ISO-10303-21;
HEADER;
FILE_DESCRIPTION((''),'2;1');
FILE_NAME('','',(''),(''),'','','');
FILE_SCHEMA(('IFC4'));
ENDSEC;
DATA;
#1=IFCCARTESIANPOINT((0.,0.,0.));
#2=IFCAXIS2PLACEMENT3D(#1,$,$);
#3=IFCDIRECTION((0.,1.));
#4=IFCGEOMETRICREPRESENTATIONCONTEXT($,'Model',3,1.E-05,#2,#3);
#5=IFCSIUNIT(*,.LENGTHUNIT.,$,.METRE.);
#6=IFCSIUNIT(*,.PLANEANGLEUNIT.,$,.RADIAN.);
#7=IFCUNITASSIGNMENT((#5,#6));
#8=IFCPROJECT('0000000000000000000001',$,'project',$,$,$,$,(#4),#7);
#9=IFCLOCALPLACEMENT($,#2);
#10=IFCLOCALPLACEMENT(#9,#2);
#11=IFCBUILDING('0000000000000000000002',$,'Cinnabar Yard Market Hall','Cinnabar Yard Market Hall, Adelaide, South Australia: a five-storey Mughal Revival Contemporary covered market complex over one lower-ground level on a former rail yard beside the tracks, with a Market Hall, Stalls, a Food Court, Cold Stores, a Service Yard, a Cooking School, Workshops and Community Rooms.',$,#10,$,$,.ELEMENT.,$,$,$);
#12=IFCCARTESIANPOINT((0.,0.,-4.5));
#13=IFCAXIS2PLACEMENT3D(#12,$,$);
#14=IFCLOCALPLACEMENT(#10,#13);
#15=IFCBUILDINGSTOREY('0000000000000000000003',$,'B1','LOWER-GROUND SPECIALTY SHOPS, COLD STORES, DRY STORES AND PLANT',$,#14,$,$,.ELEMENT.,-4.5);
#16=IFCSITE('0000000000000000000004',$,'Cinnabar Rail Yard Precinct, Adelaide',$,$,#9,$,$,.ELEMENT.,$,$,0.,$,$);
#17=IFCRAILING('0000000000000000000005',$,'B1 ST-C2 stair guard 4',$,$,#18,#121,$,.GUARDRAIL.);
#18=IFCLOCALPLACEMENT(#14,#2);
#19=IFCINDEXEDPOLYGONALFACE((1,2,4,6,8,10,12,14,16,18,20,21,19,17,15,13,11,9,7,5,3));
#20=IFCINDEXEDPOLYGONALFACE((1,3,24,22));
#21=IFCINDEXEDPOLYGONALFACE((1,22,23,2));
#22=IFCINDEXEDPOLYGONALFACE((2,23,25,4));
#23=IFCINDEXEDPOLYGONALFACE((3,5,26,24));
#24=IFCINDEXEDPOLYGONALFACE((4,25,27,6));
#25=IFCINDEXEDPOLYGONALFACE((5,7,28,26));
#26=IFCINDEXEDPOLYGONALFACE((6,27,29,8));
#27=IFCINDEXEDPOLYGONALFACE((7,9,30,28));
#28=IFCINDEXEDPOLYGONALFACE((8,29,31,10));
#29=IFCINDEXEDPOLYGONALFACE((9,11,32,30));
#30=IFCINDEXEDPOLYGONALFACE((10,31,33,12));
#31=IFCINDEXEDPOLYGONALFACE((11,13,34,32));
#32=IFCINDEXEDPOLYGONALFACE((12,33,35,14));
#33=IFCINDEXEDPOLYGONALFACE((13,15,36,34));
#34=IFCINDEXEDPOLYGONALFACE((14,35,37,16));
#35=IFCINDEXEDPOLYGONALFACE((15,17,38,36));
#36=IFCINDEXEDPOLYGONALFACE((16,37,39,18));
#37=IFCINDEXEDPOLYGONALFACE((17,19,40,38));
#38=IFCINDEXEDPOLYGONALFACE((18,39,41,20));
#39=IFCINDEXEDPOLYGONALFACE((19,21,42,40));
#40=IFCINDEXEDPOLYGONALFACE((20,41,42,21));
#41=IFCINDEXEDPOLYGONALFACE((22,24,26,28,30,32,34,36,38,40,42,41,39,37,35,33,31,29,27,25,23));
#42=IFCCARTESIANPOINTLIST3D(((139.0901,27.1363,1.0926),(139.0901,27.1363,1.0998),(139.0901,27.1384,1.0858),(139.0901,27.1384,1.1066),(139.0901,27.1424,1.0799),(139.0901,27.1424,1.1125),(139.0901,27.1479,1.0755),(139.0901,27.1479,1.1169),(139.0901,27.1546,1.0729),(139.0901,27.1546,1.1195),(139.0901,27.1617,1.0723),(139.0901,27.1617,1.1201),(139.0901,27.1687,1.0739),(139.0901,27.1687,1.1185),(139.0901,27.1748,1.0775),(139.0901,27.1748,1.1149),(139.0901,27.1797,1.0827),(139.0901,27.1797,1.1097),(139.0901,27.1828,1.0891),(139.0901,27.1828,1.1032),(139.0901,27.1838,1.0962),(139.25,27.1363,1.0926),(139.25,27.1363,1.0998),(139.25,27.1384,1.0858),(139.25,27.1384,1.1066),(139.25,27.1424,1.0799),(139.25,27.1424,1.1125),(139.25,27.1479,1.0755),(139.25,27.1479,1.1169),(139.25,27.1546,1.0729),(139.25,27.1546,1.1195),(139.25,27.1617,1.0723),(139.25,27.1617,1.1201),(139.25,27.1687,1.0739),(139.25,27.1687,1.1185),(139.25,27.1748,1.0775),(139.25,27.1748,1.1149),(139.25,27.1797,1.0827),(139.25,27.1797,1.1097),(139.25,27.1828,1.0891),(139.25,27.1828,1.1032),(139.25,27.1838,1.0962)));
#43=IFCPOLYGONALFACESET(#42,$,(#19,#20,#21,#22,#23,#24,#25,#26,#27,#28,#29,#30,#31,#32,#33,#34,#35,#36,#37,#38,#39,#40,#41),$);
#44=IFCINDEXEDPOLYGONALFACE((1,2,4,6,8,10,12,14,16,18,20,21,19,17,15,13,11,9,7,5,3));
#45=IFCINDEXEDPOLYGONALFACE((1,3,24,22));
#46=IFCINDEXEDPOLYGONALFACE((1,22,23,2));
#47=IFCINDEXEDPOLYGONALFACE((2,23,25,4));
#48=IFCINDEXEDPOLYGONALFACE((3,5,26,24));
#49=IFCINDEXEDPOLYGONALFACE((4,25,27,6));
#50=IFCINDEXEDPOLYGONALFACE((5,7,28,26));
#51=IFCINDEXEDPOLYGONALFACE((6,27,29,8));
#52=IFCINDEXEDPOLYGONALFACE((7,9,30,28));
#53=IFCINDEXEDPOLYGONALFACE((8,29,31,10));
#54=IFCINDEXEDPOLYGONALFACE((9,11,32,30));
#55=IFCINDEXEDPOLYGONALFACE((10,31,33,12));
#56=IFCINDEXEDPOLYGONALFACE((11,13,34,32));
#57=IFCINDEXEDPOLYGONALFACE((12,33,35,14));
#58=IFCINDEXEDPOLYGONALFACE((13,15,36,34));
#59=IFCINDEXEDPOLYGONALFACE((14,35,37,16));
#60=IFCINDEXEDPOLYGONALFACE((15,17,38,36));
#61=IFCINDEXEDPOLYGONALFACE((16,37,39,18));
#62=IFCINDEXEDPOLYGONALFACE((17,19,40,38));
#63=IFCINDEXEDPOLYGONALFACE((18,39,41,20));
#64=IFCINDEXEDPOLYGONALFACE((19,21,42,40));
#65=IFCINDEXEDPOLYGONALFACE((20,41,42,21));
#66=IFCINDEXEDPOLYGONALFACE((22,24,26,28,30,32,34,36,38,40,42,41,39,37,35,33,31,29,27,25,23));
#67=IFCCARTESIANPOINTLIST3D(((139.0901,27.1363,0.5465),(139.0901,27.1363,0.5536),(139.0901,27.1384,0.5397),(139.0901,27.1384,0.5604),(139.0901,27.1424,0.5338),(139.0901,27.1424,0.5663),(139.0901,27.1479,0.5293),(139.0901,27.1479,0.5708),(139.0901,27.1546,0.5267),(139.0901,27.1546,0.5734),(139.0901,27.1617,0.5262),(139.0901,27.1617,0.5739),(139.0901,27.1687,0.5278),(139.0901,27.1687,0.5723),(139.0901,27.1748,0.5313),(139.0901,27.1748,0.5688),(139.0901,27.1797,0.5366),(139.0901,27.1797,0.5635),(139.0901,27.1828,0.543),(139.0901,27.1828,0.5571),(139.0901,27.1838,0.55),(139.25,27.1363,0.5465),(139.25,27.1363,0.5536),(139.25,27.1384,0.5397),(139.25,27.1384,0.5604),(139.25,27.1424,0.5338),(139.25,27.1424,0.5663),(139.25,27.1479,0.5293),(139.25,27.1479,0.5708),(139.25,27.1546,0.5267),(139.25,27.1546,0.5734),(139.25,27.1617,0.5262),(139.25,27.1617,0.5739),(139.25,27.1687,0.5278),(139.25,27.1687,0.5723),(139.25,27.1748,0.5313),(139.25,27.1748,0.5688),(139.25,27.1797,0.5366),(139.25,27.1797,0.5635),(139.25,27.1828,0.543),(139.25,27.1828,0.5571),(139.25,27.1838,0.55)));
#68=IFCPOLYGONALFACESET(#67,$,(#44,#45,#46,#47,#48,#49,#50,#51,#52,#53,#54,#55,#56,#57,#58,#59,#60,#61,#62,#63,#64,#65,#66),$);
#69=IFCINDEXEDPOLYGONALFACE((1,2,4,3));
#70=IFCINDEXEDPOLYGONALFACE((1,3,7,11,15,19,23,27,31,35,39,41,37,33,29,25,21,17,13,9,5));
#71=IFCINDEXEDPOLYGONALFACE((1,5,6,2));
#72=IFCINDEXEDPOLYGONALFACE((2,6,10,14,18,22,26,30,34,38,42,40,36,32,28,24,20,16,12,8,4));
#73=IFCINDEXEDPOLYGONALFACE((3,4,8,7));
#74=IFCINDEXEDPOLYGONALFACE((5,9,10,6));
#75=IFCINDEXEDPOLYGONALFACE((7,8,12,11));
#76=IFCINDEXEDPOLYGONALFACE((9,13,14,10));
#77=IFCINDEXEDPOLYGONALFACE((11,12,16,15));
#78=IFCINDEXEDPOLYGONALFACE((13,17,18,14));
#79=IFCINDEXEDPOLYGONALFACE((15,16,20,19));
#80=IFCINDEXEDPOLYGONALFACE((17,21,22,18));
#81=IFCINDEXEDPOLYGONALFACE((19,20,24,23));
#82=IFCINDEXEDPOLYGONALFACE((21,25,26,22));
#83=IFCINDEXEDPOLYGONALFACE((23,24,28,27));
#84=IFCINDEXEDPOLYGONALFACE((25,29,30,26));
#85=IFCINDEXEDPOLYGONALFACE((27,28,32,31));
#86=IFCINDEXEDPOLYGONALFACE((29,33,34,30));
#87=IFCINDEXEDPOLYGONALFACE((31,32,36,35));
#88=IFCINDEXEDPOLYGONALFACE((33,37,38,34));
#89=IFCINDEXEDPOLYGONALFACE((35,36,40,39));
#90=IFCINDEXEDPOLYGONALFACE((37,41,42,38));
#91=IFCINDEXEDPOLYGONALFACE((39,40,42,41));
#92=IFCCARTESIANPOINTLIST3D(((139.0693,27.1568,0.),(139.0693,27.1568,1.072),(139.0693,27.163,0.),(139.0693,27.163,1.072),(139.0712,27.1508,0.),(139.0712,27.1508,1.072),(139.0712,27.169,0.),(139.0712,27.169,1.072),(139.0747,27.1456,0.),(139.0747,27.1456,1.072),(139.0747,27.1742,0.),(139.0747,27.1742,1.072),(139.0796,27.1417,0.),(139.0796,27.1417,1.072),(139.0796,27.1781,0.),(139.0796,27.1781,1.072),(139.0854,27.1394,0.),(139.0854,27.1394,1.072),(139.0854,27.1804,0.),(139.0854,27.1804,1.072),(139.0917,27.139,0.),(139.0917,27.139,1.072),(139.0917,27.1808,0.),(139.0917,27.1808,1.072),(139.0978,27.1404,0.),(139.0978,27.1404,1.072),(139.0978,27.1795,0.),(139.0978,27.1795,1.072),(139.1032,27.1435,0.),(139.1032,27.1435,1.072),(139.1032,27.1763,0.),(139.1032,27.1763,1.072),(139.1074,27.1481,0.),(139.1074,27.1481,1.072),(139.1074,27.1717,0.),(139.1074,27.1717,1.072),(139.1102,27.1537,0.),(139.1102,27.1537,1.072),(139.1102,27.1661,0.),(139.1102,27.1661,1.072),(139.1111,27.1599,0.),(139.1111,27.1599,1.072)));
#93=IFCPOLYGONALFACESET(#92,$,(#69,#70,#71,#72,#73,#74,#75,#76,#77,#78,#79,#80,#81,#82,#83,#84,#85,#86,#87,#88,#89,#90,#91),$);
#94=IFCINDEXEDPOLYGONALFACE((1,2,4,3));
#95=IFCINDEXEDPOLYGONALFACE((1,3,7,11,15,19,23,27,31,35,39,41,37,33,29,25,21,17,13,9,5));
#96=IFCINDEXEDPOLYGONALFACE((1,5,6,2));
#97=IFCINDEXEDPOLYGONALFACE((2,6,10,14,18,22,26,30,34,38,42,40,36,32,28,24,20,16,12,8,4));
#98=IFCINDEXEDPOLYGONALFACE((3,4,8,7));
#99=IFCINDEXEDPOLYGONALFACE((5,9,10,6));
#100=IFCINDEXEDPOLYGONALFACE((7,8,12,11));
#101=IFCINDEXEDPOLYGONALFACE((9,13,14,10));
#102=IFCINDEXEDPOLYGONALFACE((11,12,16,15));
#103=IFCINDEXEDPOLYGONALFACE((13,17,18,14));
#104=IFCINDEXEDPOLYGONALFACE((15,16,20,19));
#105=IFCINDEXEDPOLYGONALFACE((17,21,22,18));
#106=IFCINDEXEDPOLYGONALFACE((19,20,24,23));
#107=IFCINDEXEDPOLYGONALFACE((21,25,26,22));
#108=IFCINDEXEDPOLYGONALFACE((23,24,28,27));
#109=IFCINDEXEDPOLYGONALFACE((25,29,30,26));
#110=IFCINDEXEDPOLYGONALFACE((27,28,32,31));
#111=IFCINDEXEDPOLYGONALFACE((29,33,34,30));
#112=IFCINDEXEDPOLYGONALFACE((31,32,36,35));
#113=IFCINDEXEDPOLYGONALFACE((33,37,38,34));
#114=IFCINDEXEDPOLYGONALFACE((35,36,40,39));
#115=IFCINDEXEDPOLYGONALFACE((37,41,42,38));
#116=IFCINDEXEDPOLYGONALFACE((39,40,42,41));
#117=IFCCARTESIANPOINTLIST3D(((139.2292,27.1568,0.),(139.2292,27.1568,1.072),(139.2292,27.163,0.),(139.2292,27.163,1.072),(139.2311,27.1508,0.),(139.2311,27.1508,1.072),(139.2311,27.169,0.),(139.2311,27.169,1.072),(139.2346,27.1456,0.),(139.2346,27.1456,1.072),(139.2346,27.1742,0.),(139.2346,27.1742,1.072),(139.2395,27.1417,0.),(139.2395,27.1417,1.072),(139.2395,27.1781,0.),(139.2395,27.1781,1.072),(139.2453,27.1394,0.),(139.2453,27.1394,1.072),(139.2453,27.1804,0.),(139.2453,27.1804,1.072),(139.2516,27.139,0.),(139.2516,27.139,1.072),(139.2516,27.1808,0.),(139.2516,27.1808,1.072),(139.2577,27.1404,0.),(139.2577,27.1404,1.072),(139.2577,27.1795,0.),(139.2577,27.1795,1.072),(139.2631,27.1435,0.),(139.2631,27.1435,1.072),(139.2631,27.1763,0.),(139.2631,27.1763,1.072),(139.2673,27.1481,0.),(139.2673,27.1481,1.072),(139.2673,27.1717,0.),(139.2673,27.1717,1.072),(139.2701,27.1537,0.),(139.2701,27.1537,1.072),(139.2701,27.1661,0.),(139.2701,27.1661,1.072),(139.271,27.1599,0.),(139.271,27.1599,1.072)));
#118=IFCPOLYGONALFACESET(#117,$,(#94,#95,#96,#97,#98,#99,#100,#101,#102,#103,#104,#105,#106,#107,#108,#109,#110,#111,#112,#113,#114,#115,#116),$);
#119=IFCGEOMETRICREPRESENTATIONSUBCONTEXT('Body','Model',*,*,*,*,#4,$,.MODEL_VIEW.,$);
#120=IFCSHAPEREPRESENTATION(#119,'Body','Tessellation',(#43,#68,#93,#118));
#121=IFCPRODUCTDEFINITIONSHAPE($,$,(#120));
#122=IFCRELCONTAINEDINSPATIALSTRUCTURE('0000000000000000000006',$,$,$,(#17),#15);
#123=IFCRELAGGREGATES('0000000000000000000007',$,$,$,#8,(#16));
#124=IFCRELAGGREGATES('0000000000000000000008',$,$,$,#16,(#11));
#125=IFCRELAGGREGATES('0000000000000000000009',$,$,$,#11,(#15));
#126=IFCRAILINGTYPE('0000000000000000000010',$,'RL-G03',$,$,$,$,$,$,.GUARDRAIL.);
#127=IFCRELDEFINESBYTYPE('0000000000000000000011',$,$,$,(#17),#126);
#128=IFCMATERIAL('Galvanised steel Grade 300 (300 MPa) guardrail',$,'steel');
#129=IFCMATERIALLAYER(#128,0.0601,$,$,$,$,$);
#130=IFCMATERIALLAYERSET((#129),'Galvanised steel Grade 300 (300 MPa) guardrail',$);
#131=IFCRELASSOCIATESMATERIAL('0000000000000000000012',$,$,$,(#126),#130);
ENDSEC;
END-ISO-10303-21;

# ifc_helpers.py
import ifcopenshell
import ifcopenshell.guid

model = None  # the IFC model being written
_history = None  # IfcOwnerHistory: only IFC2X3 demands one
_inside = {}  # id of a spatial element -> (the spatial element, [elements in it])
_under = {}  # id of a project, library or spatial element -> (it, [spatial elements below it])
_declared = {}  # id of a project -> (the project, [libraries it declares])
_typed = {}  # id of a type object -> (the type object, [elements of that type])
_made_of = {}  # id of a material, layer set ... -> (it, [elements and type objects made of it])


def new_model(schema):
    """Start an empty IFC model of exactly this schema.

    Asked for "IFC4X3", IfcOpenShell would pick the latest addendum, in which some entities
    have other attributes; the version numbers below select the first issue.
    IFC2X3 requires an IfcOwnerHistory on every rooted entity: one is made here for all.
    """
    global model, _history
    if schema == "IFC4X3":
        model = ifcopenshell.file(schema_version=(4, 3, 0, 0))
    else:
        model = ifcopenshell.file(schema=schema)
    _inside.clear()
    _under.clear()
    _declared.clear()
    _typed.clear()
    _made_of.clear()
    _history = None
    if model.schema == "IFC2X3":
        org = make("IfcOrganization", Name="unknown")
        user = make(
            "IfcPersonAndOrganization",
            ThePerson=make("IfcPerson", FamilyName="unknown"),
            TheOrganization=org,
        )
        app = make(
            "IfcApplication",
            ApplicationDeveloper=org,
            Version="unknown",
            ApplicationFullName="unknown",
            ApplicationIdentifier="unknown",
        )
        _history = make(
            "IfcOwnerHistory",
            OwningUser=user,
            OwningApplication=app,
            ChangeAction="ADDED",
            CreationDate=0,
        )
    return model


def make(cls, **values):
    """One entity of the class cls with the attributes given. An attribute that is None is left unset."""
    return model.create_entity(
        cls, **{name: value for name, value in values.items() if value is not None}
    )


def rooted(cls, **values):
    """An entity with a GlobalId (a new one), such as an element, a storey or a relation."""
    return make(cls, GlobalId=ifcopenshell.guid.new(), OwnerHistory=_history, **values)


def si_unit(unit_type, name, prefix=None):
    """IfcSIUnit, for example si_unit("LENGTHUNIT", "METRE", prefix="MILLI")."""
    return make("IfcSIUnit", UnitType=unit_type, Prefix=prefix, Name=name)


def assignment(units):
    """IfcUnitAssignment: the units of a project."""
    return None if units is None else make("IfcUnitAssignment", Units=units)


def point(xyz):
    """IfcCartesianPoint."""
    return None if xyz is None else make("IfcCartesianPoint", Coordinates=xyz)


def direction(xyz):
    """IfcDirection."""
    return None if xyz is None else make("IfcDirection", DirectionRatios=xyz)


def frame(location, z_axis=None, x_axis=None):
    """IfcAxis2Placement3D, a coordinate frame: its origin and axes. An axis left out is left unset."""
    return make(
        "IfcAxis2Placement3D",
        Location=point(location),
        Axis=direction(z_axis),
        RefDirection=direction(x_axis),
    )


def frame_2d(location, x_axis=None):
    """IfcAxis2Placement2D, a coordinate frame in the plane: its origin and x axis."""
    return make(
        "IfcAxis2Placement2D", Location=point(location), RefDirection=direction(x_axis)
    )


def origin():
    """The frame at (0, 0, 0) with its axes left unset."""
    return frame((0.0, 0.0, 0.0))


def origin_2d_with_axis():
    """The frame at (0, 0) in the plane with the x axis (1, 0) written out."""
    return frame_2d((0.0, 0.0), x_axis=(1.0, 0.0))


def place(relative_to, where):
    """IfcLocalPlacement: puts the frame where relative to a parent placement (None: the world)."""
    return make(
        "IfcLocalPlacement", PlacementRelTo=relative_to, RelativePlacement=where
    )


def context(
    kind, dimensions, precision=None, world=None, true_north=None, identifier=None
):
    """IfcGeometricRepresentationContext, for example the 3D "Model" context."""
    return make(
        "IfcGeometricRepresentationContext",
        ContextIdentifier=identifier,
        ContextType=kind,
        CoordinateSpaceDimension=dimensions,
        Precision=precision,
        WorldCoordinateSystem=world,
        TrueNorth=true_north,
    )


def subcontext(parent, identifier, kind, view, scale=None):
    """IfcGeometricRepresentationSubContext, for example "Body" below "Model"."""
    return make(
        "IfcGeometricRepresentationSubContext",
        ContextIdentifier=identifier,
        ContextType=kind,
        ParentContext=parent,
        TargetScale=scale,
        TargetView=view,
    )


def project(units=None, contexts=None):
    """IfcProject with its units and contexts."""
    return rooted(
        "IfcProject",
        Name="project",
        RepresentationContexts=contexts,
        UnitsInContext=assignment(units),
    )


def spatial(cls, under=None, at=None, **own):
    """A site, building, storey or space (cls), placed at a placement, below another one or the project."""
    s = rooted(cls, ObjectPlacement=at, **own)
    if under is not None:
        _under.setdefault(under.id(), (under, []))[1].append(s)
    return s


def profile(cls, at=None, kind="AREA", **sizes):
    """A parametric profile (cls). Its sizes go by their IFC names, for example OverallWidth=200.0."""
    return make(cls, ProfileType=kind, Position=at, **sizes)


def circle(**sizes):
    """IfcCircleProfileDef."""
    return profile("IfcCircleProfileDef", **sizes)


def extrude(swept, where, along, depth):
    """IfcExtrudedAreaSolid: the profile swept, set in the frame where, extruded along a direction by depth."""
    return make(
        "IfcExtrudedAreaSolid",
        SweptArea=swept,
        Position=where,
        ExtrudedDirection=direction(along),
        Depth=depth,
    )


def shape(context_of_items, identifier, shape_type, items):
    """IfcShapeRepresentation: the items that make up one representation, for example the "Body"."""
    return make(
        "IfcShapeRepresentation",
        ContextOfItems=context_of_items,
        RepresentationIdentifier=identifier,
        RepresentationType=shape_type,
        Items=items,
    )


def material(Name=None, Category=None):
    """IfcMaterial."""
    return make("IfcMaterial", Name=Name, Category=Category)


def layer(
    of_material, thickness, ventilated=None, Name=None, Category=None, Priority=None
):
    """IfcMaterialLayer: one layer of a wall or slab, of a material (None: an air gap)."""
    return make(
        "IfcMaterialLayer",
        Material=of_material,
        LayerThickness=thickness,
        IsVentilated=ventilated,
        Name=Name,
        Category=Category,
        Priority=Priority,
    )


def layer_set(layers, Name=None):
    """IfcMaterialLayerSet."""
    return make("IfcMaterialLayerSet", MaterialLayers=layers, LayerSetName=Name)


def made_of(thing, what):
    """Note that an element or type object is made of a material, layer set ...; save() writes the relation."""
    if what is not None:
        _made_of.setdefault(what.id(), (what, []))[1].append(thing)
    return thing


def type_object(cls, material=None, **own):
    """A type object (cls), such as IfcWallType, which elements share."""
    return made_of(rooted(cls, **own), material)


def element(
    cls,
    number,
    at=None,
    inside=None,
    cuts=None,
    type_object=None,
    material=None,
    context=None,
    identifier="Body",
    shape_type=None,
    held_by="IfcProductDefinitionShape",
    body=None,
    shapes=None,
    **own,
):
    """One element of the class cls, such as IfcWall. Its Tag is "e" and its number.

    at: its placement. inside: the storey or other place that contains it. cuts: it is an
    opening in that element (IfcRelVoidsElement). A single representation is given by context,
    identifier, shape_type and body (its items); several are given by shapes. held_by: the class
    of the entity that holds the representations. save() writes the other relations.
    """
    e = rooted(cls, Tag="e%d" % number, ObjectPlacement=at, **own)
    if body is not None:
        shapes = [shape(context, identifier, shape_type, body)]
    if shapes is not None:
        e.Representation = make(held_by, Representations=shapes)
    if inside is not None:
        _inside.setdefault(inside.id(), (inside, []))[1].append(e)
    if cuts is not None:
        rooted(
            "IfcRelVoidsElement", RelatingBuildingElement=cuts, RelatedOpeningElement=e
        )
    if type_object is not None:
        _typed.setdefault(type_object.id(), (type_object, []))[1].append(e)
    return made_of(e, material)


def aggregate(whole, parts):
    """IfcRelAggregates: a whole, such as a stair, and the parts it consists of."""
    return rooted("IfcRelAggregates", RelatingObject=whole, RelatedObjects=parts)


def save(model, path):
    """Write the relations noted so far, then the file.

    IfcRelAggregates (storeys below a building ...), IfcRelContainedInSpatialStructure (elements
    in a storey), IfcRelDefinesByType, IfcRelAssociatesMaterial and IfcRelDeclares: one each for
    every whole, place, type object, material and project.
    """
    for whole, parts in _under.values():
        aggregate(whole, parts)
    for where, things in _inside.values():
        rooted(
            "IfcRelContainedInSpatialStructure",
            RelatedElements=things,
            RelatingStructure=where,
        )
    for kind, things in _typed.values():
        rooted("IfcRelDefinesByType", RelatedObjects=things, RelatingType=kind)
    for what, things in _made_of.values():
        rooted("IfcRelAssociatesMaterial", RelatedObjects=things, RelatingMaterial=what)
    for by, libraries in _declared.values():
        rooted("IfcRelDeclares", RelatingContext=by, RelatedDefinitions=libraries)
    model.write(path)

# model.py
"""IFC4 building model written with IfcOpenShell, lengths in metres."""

from ifc_helpers import new_model, si_unit, direction, frame, origin, origin_2d_with_axis, place, context, subcontext, project, spatial, circle, extrude, material, layer, layer_set, type_object, element, save


model = new_model("IFC4")

# Units and contexts
model_context = context("Model", 3, precision=1e-05, world=origin(), true_north=direction((0.0, 1.0)))
body_context = subcontext(model_context, "Body", "Model", "MODEL_VIEW")
ifc_project = project(units=[si_unit("LENGTHUNIT", "METRE"), si_unit("PLANEANGLEUNIT", "RADIAN")], contexts=[model_context])

# Site, building, storey
site_placement = place(None, origin())
site = spatial("IfcSite", under=ifc_project, at=site_placement, Name="Cinnabar Rail Yard Precinct, Adelaide", CompositionType="ELEMENT", RefElevation=0.0)
building_placement = place(site_placement, origin())
building = spatial("IfcBuilding", under=site, at=building_placement, Name="Cinnabar Yard Market Hall", Description="Cinnabar Yard Market Hall, Adelaide, South Australia: a five-storey Mughal Revival Contemporary covered market complex over one lower-ground level on a former rail yard beside the tracks, with a Market Hall, Stalls, a Food Court, Cold Stores, a Service Yard, a Cooking School, Workshops and Community Rooms.", CompositionType="ELEMENT")
storey_placement = place(building_placement, frame((0.0, 0.0, -4.5)))
storey = spatial("IfcBuildingStorey", under=building, at=storey_placement, Name="B1", Description="LOWER-GROUND SPECIALTY SHOPS, COLD STORES, DRY STORES AND PLANT", CompositionType="ELEMENT", Elevation=-4.5)

# Railing
ifc_material_1 = material(Name="Galvanised steel Grade 300 (300 MPa) guardrail", Category="steel")
ifc_layer_1 = layer(ifc_material_1, 0.0601)
ifc_layer_set_1 = layer_set([ifc_layer_1], Name="Galvanised steel Grade 300 (300 MPa) guardrail")
railing_type_1 = type_object("IfcRailingType", Name="RL-G03", PredefinedType="GUARDRAIL", material=ifc_layer_set_1)
railing_1_placement = place(storey_placement, frame((139.0901, 27.1599, 0.0)))
element("IfcRailing", 1, at=railing_1_placement, inside=storey, type_object=railing_type_1, Name="B1 ST-C2 stair guard 4", PredefinedType="GUARDRAIL", context=body_context, shape_type="SweptSolid", body=[
    extrude(circle(Radius=0.0239, at=origin_2d_with_axis()), frame((0.0, 0.0, 1.0962), z_axis=(1.0, 0.0, 0.0), x_axis=(0.0, 1.0, 0.0)), (0.0, 0.0, 1.0), 0.1599),
    extrude(circle(Radius=0.0239, at=origin_2d_with_axis()), frame((0.0, 0.0, 0.55), z_axis=(1.0, 0.0, 0.0), x_axis=(0.0, 1.0, 0.0)), (0.0, 0.0, 1.0), 0.1599),
    extrude(circle(Radius=0.021, at=origin_2d_with_axis()), origin(), (0.0, 0.0, 1.0), 1.072),
    extrude(circle(Radius=0.021, at=origin_2d_with_axis()), frame((0.1599, 0.0, 0.0)), (0.0, 0.0, 1.0), 1.072),
])

save(model, "model.ifc")
